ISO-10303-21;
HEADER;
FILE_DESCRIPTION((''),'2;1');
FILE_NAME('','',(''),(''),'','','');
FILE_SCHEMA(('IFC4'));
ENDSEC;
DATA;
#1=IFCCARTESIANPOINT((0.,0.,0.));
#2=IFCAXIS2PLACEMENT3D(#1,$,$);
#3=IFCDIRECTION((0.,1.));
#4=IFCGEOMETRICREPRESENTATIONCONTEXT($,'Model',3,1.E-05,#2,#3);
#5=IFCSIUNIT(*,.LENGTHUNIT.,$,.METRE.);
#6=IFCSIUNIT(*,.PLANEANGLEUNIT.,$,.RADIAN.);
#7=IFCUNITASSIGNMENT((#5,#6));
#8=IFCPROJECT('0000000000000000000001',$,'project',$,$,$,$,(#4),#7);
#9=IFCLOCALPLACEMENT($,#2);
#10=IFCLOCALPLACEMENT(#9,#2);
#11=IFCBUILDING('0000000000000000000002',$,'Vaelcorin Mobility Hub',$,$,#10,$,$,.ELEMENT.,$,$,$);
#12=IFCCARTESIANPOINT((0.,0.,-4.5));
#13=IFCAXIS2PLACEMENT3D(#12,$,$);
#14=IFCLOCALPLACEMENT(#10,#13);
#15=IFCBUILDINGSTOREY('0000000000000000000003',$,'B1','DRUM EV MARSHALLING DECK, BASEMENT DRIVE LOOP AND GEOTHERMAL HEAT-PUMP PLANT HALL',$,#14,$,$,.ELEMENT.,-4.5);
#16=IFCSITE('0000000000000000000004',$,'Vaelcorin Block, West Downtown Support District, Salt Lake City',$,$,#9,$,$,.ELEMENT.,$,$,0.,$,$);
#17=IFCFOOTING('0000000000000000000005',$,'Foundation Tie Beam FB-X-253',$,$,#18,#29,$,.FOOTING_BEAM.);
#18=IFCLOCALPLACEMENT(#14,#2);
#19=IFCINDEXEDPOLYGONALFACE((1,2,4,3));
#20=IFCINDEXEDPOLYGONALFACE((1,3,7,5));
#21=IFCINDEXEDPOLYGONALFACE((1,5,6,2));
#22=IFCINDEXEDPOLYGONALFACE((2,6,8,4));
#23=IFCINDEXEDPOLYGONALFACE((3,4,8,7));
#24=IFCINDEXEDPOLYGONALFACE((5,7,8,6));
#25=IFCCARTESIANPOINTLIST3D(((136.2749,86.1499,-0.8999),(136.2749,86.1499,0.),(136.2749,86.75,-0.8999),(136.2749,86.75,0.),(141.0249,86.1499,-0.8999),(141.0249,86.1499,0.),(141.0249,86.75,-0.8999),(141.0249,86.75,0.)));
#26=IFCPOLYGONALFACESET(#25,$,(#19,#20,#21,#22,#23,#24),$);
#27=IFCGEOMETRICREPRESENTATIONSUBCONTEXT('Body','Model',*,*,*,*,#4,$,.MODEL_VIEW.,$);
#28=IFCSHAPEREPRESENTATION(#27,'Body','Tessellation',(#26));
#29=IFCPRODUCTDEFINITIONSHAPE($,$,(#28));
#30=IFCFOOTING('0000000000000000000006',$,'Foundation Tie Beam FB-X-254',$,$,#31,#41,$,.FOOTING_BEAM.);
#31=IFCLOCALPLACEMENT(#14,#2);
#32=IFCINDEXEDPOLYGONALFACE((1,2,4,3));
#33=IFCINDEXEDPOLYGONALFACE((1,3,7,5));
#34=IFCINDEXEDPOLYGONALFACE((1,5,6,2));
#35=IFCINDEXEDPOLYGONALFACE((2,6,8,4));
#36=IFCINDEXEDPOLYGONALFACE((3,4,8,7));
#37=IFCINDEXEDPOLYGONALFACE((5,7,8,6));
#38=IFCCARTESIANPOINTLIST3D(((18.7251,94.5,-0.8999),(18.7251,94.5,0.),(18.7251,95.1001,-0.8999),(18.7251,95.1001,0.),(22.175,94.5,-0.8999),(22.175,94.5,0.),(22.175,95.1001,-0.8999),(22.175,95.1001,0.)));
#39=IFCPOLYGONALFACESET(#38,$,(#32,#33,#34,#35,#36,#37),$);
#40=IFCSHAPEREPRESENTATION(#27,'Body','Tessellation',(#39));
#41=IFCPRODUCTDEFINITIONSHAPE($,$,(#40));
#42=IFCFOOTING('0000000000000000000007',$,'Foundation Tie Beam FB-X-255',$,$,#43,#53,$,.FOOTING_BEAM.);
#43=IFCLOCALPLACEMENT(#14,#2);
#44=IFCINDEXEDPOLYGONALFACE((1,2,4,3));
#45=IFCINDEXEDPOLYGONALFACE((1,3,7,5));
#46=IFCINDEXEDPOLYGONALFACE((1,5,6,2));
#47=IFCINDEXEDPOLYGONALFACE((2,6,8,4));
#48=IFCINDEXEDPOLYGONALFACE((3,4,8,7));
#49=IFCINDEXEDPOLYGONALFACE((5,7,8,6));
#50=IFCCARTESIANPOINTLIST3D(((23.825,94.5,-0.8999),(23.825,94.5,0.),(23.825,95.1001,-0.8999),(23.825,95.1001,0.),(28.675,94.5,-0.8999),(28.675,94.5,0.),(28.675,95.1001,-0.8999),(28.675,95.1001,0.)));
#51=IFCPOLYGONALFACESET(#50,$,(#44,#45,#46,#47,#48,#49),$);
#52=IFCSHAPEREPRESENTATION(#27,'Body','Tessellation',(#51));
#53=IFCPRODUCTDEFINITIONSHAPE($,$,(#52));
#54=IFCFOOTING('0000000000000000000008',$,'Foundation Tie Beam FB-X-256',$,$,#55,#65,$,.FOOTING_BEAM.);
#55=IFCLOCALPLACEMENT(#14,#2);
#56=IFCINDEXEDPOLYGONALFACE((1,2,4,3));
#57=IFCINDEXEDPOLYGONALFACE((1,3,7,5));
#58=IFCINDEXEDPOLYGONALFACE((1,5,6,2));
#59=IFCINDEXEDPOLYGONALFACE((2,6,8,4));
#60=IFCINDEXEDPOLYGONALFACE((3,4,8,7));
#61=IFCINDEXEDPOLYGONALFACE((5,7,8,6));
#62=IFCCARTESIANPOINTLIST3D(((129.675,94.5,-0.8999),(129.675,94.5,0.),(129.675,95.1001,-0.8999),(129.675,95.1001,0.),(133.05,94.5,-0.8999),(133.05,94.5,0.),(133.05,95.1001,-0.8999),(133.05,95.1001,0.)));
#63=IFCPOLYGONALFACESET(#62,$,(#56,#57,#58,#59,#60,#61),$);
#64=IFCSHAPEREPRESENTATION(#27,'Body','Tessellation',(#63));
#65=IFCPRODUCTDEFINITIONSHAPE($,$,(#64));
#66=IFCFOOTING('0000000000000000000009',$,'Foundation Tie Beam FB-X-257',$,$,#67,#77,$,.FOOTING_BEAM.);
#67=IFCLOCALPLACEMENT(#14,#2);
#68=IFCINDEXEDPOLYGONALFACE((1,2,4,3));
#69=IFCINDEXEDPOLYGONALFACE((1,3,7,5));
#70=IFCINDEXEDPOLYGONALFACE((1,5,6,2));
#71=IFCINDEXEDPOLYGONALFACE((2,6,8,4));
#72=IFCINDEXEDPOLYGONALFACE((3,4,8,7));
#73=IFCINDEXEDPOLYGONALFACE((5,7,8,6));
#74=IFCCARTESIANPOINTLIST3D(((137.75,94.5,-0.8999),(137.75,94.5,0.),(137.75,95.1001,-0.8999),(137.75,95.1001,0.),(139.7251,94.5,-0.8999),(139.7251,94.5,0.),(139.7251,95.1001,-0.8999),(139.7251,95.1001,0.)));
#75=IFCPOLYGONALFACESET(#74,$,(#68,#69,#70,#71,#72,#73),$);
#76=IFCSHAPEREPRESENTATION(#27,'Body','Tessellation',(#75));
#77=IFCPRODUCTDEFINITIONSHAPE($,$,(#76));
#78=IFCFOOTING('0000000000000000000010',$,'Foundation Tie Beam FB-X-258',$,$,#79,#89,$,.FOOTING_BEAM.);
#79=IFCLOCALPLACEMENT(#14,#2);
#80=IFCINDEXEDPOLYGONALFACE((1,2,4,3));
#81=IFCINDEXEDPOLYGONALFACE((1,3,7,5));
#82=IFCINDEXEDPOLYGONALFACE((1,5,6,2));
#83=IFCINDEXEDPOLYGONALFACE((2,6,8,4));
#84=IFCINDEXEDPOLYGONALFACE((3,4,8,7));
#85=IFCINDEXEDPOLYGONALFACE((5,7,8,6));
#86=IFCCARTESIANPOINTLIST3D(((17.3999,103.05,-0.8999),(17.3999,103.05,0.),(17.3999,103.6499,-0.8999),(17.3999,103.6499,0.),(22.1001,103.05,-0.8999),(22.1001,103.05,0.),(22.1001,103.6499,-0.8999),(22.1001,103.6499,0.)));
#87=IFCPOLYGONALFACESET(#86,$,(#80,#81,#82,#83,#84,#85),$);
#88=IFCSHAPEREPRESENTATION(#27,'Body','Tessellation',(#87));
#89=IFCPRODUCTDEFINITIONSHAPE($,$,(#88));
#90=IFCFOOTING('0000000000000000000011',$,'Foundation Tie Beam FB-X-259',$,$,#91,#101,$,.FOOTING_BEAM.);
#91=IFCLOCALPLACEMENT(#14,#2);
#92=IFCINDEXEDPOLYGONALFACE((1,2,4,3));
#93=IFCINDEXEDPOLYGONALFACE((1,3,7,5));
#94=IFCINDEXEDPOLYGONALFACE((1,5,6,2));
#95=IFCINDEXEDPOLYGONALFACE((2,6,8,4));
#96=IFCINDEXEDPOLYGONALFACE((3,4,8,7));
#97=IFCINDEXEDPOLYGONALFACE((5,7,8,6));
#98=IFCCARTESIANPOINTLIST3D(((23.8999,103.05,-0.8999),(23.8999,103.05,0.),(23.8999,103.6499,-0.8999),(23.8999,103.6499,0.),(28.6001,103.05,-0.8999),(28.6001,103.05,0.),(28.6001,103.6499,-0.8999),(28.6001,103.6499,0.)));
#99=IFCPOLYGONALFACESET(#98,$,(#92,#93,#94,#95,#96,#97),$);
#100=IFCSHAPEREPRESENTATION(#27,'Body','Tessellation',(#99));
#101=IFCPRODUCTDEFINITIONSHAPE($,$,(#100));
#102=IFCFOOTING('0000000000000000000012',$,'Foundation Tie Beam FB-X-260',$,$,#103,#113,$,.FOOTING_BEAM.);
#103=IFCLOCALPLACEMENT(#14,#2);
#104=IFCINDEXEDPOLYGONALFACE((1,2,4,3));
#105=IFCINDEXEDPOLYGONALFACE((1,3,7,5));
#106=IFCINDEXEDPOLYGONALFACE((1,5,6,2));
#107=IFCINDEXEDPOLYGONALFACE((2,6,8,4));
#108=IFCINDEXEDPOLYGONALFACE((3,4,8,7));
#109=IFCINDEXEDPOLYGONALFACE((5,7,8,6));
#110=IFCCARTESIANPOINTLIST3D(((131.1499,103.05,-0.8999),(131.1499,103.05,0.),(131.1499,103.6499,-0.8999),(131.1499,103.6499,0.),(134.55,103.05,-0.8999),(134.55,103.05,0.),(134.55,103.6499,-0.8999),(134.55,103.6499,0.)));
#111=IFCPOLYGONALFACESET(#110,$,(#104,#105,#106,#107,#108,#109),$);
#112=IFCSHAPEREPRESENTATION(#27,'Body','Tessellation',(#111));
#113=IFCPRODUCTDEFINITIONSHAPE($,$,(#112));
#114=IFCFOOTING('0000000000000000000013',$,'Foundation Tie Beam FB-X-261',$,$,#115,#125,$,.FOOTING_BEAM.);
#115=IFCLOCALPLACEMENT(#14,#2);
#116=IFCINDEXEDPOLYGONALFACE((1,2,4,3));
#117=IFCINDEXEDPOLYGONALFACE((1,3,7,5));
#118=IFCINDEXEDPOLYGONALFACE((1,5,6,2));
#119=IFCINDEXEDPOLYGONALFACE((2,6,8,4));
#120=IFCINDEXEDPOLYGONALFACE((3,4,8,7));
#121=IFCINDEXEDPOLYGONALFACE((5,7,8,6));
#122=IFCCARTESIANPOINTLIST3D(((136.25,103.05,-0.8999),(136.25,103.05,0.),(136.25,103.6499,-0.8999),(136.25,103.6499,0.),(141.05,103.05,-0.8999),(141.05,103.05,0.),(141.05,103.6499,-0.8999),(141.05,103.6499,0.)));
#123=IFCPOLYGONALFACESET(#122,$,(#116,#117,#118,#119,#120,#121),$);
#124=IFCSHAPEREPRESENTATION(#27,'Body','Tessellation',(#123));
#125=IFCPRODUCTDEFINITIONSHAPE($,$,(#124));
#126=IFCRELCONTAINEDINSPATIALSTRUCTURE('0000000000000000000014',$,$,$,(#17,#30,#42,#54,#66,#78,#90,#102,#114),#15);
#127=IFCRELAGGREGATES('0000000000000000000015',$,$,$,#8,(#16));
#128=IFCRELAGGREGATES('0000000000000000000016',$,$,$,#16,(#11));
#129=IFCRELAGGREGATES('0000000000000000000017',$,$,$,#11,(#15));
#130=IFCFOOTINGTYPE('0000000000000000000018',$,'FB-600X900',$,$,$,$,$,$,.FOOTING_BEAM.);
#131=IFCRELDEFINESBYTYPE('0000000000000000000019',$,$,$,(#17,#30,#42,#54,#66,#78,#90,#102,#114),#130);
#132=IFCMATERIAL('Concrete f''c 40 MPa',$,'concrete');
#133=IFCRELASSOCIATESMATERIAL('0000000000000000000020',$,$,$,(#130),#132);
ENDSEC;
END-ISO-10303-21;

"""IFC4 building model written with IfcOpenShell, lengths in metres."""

from ifc_helpers import new_model, si_unit, direction, frame, origin, place, context, subcontext, project, spatial, polyline, outline, extrude, material, type_object, element, save


model = new_model("IFC4")

# Units and contexts
model_context = context("Model", 3, precision=1e-05, world=origin(), true_north=direction((0.0, 1.0)))
body_context = subcontext(model_context, "Body", "Model", "MODEL_VIEW")
ifc_project = project(units=[si_unit("LENGTHUNIT", "METRE"), si_unit("PLANEANGLEUNIT", "RADIAN")], contexts=[model_context])

# Site, building, storey
site_placement = place(None, origin())
site = spatial("IfcSite", under=ifc_project, at=site_placement, Name="Vaelcorin Block, West Downtown Support District, Salt Lake City", CompositionType="ELEMENT", RefElevation=0.0)
building_placement = place(site_placement, origin())
building = spatial("IfcBuilding", under=site, at=building_placement, Name="Vaelcorin Mobility Hub", CompositionType="ELEMENT")
storey_placement = place(building_placement, frame((0.0, 0.0, -4.5)))
storey = spatial("IfcBuildingStorey", under=building, at=storey_placement, Name="B1", Description="DRUM EV MARSHALLING DECK, BASEMENT DRIVE LOOP AND GEOTHERMAL HEAT-PUMP PLANT HALL", CompositionType="ELEMENT", Elevation=-4.5)

# Footings
ifc_material = material(Name="Concrete f'c 40 MPa", Category="concrete")
footing_type_1 = type_object("IfcFootingType", Name="FB-600X900", PredefinedType="FOOTING_BEAM", material=ifc_material)
footing_1_placement = place(storey_placement, frame((0.0, 0.0, -0.8999)))
element("IfcFooting", 1, at=footing_1_placement, inside=storey, type_object=footing_type_1, Name="Foundation Tie Beam FB-X-253", PredefinedType="FOOTING_BEAM", context=body_context, shape_type="SweptSolid", body=[
    extrude(outline(polyline([(136.2749, 86.1499), (141.0249, 86.1499), (141.0249, 86.75), (136.2749, 86.75), (136.2749, 86.1499)])), origin(), (0.0, 0.0, 1.0), 0.8999),
])
footing_2_placement = place(storey_placement, frame((0.0, 0.0, -0.8999)))
element("IfcFooting", 2, at=footing_2_placement, inside=storey, type_object=footing_type_1, Name="Foundation Tie Beam FB-X-254", PredefinedType="FOOTING_BEAM", context=body_context, shape_type="SweptSolid", body=[
    extrude(outline(polyline([(18.7251, 94.5), (22.175, 94.5), (22.175, 95.1001), (18.7251, 95.1001), (18.7251, 94.5)])), origin(), (0.0, 0.0, 1.0), 0.8999),
])
footing_3_placement = place(storey_placement, frame((0.0, 0.0, -0.8999)))
element("IfcFooting", 3, at=footing_3_placement, inside=storey, type_object=footing_type_1, Name="Foundation Tie Beam FB-X-255", PredefinedType="FOOTING_BEAM", context=body_context, shape_type="SweptSolid", body=[
    extrude(outline(polyline([(23.825, 94.5), (28.675, 94.5), (28.675, 95.1001), (23.825, 95.1001), (23.825, 94.5)])), origin(), (0.0, 0.0, 1.0), 0.8999),
])
footing_4_placement = place(storey_placement, frame((0.0, 0.0, -0.8999)))
element("IfcFooting", 4, at=footing_4_placement, inside=storey, type_object=footing_type_1, Name="Foundation Tie Beam FB-X-256", PredefinedType="FOOTING_BEAM", context=body_context, shape_type="SweptSolid", body=[
    extrude(outline(polyline([(129.675, 94.5), (133.05, 94.5), (133.05, 95.1001), (129.675, 95.1001), (129.675, 94.5)])), origin(), (0.0, 0.0, 1.0), 0.8999),
])
footing_5_placement = place(storey_placement, frame((0.0, 0.0, -0.8999)))
element("IfcFooting", 5, at=footing_5_placement, inside=storey, type_object=footing_type_1, Name="Foundation Tie Beam FB-X-257", PredefinedType="FOOTING_BEAM", context=body_context, shape_type="SweptSolid", body=[
    extrude(outline(polyline([(137.75, 94.5), (139.7251, 94.5), (139.7251, 95.1001), (137.75, 95.1001), (137.75, 94.5)])), origin(), (0.0, 0.0, 1.0), 0.8999),
])
footing_6_placement = place(storey_placement, frame((0.0, 0.0, -0.8999)))
element("IfcFooting", 6, at=footing_6_placement, inside=storey, type_object=footing_type_1, Name="Foundation Tie Beam FB-X-258", PredefinedType="FOOTING_BEAM", context=body_context, shape_type="SweptSolid", body=[
    extrude(outline(polyline([(17.3999, 103.05), (22.1001, 103.05), (22.1001, 103.6499), (17.3999, 103.6499), (17.3999, 103.05)])), origin(), (0.0, 0.0, 1.0), 0.8999),
])
footing_7_placement = place(storey_placement, frame((0.0, 0.0, -0.8999)))
element("IfcFooting", 7, at=footing_7_placement, inside=storey, type_object=footing_type_1, Name="Foundation Tie Beam FB-X-259", PredefinedType="FOOTING_BEAM", context=body_context, shape_type="SweptSolid", body=[
    extrude(outline(polyline([(23.8999, 103.05), (28.6001, 103.05), (28.6001, 103.6499), (23.8999, 103.6499), (23.8999, 103.05)])), origin(), (0.0, 0.0, 1.0), 0.8999),
])
footing_8_placement = place(storey_placement, frame((0.0, 0.0, -0.8999)))
element("IfcFooting", 8, at=footing_8_placement, inside=storey, type_object=footing_type_1, Name="Foundation Tie Beam FB-X-260", PredefinedType="FOOTING_BEAM", context=body_context, shape_type="SweptSolid", body=[
    extrude(outline(polyline([(131.1499, 103.05), (134.55, 103.05), (134.55, 103.6499), (131.1499, 103.6499), (131.1499, 103.05)])), origin(), (0.0, 0.0, 1.0), 0.8999),
])
footing_9_placement = place(storey_placement, frame((0.0, 0.0, -0.8999)))
element("IfcFooting", 9, at=footing_9_placement, inside=storey, type_object=footing_type_1, Name="Foundation Tie Beam FB-X-261", PredefinedType="FOOTING_BEAM", context=body_context, shape_type="SweptSolid", body=[
    extrude(outline(polyline([(136.25, 103.05), (141.05, 103.05), (141.05, 103.6499), (136.25, 103.6499), (136.25, 103.05)])), origin(), (0.0, 0.0, 1.0), 0.8999),
])

save(model, "model.ifc")
